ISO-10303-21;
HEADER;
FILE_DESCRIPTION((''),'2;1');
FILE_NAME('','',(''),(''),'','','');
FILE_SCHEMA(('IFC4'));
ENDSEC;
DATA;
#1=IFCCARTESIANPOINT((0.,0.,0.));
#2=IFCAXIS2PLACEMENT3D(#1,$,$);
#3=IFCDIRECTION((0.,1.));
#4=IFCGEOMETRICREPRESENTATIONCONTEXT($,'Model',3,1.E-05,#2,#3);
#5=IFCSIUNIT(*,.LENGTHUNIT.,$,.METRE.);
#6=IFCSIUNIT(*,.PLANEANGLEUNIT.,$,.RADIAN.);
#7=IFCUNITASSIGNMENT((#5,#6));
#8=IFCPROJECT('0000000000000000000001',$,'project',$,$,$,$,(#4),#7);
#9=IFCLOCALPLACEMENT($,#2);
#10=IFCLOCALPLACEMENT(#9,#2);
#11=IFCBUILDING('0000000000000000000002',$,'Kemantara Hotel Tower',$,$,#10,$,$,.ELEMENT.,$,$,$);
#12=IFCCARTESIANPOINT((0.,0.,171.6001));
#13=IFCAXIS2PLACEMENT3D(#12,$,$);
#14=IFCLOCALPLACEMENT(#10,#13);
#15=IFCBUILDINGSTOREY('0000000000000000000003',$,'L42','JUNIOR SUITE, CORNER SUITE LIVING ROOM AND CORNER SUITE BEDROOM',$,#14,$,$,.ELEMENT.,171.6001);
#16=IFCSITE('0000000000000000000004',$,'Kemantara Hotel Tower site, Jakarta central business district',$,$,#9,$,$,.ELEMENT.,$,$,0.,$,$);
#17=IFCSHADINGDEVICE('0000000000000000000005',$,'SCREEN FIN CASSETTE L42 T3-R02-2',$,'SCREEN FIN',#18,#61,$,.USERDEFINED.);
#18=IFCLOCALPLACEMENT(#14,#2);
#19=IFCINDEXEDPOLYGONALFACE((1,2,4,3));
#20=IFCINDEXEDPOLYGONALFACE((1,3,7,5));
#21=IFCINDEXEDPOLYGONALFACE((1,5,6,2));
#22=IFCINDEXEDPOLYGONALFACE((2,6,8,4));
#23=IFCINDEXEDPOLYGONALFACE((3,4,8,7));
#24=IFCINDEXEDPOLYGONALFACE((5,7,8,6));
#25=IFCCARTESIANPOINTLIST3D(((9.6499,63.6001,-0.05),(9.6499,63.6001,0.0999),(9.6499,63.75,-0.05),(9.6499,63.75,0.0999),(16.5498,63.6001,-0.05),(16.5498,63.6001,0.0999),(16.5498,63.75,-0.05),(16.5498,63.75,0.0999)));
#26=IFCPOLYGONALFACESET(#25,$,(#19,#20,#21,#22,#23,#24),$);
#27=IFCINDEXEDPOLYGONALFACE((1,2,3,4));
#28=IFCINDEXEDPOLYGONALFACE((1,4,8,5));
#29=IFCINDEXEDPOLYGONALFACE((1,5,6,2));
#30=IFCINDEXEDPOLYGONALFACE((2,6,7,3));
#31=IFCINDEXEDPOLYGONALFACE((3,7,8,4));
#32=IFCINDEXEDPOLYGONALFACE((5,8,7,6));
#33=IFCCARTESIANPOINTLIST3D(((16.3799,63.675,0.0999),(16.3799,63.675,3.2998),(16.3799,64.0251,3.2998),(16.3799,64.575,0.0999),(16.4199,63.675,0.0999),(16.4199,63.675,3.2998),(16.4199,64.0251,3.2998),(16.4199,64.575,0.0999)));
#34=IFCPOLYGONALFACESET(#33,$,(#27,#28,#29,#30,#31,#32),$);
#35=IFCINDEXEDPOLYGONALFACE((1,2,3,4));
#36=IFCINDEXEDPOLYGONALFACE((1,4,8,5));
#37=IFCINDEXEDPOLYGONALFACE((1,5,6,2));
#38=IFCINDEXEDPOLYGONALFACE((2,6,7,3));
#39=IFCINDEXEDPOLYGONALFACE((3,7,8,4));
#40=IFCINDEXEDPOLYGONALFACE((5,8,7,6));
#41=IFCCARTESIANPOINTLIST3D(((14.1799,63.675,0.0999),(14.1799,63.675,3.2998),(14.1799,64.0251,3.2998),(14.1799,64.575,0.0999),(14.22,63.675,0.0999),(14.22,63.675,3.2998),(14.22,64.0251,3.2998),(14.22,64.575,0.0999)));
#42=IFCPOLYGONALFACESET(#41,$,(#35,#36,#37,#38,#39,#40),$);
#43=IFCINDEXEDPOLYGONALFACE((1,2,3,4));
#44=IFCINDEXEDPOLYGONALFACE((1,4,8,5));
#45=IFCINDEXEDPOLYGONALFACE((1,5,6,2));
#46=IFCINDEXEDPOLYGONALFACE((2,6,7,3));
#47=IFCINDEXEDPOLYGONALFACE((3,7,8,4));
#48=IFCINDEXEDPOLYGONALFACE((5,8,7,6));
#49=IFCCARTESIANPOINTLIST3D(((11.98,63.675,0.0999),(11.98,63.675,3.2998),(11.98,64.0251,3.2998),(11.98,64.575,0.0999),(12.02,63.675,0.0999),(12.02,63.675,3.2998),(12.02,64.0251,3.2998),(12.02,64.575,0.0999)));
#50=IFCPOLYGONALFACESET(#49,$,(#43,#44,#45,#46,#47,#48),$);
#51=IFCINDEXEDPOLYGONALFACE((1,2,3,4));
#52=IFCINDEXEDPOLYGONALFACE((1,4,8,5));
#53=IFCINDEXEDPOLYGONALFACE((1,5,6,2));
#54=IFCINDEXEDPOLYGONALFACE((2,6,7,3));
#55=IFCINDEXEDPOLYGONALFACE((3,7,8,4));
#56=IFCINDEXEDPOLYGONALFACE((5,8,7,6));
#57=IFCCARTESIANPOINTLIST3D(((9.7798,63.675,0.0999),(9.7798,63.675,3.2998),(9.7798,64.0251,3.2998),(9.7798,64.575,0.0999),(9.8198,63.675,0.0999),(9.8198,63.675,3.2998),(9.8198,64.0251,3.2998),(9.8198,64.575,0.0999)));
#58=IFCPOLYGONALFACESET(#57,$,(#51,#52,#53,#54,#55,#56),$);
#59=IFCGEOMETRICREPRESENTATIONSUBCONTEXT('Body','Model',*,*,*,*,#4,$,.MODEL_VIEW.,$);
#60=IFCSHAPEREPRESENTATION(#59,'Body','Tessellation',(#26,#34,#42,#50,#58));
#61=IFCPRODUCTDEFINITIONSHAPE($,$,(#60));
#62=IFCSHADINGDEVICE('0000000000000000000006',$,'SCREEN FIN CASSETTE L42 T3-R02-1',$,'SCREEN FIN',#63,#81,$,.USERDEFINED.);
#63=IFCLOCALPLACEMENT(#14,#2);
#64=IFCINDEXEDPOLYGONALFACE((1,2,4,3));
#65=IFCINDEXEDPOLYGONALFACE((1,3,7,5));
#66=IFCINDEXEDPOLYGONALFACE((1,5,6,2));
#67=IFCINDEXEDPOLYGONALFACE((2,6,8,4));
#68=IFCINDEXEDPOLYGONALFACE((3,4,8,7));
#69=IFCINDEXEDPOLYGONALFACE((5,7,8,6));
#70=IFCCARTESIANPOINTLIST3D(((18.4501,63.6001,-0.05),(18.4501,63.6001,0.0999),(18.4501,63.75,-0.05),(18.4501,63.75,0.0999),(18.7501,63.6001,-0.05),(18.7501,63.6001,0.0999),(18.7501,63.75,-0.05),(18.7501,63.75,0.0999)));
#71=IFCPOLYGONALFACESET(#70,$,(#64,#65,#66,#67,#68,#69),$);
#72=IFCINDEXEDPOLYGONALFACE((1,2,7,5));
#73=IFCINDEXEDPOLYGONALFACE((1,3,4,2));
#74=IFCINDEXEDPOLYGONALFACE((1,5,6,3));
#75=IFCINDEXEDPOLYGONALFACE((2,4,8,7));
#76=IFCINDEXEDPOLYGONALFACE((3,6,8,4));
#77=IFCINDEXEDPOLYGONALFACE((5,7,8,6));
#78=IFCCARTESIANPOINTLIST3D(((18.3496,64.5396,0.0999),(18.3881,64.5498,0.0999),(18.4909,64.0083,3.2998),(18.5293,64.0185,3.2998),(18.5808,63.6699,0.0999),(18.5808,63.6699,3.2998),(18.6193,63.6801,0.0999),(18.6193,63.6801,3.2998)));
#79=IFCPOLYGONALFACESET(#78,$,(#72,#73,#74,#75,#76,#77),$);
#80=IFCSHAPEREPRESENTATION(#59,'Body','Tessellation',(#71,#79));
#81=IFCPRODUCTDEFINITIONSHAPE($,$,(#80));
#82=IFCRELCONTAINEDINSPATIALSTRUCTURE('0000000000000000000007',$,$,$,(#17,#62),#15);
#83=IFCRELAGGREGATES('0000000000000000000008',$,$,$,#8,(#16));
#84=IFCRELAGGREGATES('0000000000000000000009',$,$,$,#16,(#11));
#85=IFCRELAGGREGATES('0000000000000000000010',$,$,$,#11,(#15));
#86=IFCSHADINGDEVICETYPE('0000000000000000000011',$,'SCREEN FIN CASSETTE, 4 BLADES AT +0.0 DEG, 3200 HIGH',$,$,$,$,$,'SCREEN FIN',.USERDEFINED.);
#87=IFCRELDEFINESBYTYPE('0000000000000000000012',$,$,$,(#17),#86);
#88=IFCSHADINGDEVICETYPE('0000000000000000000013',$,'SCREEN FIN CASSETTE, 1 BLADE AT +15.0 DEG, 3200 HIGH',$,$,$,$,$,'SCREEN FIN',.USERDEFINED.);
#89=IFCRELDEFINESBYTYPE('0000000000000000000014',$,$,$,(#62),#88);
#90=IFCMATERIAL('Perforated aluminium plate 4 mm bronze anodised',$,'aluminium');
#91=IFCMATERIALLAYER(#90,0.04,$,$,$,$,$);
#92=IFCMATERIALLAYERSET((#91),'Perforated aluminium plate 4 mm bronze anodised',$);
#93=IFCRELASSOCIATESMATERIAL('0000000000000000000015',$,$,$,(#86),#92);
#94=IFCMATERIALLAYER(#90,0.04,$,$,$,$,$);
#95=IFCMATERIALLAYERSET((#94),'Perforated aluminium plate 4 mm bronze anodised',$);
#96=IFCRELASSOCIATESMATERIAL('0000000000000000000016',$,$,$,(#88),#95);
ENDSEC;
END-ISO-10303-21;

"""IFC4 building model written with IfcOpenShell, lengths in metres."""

from ifc_helpers import new_model, si_unit, direction, frame, origin, origin_2d, place, context, subcontext, project, spatial, polyline, rectangle, outline, extrude, source, transform, mapped, material, layer, layer_set, type_object, element, save


model = new_model("IFC4")

# Units and contexts
model_context = context("Model", 3, precision=1e-05, world=origin(), true_north=direction((0.0, 1.0)))
body_context = subcontext(model_context, "Body", "Model", "MODEL_VIEW")
ifc_project = project(units=[si_unit("LENGTHUNIT", "METRE"), si_unit("PLANEANGLEUNIT", "RADIAN")], contexts=[model_context])

# Site, building, storey
site_placement = place(None, origin())
site = spatial("IfcSite", under=ifc_project, at=site_placement, Name="Kemantara Hotel Tower site, Jakarta central business district", CompositionType="ELEMENT", RefElevation=0.0)
building_placement = place(site_placement, origin())
building = spatial("IfcBuilding", under=site, at=building_placement, Name="Kemantara Hotel Tower", CompositionType="ELEMENT")
storey_placement = place(building_placement, frame((0.0, 0.0, 171.6001)))
storey = spatial("IfcBuildingStorey", under=building, at=storey_placement, Name="L42", Description="JUNIOR SUITE, CORNER SUITE LIVING ROOM AND CORNER SUITE BEDROOM", CompositionType="ELEMENT", Elevation=171.6001)

# Shading devices
ifc_material_1 = material(Name="Perforated aluminium plate 4 mm bronze anodised", Category="aluminium")
ifc_layer_1 = layer(ifc_material_1, 0.04)
ifc_layer_set_1 = layer_set([ifc_layer_1], Name="Perforated aluminium plate 4 mm bronze anodised")
shading_device_type_1 = type_object("IfcShadingDeviceType", Name="SCREEN FIN CASSETTE, 4 BLADES AT +0.0 DEG, 3200 HIGH", ElementType="SCREEN FIN", PredefinedType="USERDEFINED", material=ifc_layer_set_1)
shared_shape_1 = source(origin(), body_context, "Body", "SweptSolid", [
    extrude(rectangle(XDim=6.8999, YDim=0.1499, at=origin_2d()), frame((3.3, -0.075, -0.1499), z_axis=(0.0, 0.0, 1.0), x_axis=(1.0, 0.0, 0.0)), (0.0, 0.0, 1.0), 0.1499),
    extrude(outline(polyline([(0.0, 0.0), (0.8999, 0.0), (0.3501, 3.2), (0.0, 3.2), (0.0, 0.0)])), frame((0.02, -0.075, 0.0), z_axis=(-1.0, 0.0, 0.0), x_axis=(0.0, -1.0, 0.0)), (0.0, 0.0, 1.0), 0.04),
    extrude(outline(polyline([(0.0, 0.0), (0.8999, 0.0), (0.3501, 3.2), (0.0, 3.2), (0.0, 0.0)])), frame((2.22, -0.075, 0.0), z_axis=(-1.0, 0.0, 0.0), x_axis=(0.0, -1.0, 0.0)), (0.0, 0.0, 1.0), 0.04),
    extrude(outline(polyline([(0.0, 0.0), (0.8999, 0.0), (0.3501, 3.2), (0.0, 3.2), (0.0, 0.0)])), frame((4.4199, -0.075, 0.0), z_axis=(-1.0, 0.0, 0.0), x_axis=(0.0, -1.0, 0.0)), (0.0, 0.0, 1.0), 0.04),
    extrude(outline(polyline([(0.0, 0.0), (0.8999, 0.0), (0.3501, 3.2), (0.0, 3.2), (0.0, 0.0)])), frame((6.6201, -0.075, 0.0), z_axis=(-1.0, 0.0, 0.0), x_axis=(0.0, -1.0, 0.0)), (0.0, 0.0, 1.0), 0.04),
])
shading_device_1_placement = place(storey_placement, frame((16.3999, 63.6001, 0.0999), z_axis=(0.0, 0.0, 1.0), x_axis=(-1.0, 0.0, 0.0)))
element("IfcShadingDevice", 1, at=shading_device_1_placement, inside=storey, type_object=shading_device_type_1, Name="SCREEN FIN CASSETTE L42 T3-R02-2", ObjectType="SCREEN FIN", PredefinedType="USERDEFINED", context=body_context, shape_type="MappedRepresentation", body=[
    mapped(shared_shape_1, transform((0.0, 0.0, 0.0))),
])
ifc_layer_2 = layer(ifc_material_1, 0.04)
ifc_layer_set_2 = layer_set([ifc_layer_2], Name="Perforated aluminium plate 4 mm bronze anodised")
shading_device_type_2 = type_object("IfcShadingDeviceType", Name="SCREEN FIN CASSETTE, 1 BLADE AT +15.0 DEG, 3200 HIGH", ElementType="SCREEN FIN", PredefinedType="USERDEFINED", material=ifc_layer_set_2)
shared_shape_2 = source(origin(), body_context, "Body", "SweptSolid", [
    extrude(rectangle(XDim=0.3, YDim=0.1499, at=origin_2d()), frame((0.0, -0.075, -0.1499), z_axis=(0.0, 0.0, 1.0), x_axis=(1.0, 0.0, 0.0)), (0.0, 0.0, 1.0), 0.1499),
    extrude(outline(polyline([(0.0, 0.0), (0.8999, 0.0), (0.3501, 3.2), (0.0, 3.2), (0.0, 0.0)])), frame((0.0193, -0.0698, 0.0), z_axis=(-0.966438, -0.256901, 0.0), x_axis=(0.256901, -0.966438, 0.0)), (0.0, 0.0, 1.0), 0.0398),
])
shading_device_2_placement = place(storey_placement, frame((18.6001, 63.6001, 0.0999), z_axis=(0.0, 0.0, 1.0), x_axis=(-1.0, 0.0, 0.0)))
element("IfcShadingDevice", 2, at=shading_device_2_placement, inside=storey, type_object=shading_device_type_2, Name="SCREEN FIN CASSETTE L42 T3-R02-1", ObjectType="SCREEN FIN", PredefinedType="USERDEFINED", context=body_context, shape_type="MappedRepresentation", body=[
    mapped(shared_shape_2, transform((0.0, 0.0, 0.0))),
])

save(model, "model.ifc")
